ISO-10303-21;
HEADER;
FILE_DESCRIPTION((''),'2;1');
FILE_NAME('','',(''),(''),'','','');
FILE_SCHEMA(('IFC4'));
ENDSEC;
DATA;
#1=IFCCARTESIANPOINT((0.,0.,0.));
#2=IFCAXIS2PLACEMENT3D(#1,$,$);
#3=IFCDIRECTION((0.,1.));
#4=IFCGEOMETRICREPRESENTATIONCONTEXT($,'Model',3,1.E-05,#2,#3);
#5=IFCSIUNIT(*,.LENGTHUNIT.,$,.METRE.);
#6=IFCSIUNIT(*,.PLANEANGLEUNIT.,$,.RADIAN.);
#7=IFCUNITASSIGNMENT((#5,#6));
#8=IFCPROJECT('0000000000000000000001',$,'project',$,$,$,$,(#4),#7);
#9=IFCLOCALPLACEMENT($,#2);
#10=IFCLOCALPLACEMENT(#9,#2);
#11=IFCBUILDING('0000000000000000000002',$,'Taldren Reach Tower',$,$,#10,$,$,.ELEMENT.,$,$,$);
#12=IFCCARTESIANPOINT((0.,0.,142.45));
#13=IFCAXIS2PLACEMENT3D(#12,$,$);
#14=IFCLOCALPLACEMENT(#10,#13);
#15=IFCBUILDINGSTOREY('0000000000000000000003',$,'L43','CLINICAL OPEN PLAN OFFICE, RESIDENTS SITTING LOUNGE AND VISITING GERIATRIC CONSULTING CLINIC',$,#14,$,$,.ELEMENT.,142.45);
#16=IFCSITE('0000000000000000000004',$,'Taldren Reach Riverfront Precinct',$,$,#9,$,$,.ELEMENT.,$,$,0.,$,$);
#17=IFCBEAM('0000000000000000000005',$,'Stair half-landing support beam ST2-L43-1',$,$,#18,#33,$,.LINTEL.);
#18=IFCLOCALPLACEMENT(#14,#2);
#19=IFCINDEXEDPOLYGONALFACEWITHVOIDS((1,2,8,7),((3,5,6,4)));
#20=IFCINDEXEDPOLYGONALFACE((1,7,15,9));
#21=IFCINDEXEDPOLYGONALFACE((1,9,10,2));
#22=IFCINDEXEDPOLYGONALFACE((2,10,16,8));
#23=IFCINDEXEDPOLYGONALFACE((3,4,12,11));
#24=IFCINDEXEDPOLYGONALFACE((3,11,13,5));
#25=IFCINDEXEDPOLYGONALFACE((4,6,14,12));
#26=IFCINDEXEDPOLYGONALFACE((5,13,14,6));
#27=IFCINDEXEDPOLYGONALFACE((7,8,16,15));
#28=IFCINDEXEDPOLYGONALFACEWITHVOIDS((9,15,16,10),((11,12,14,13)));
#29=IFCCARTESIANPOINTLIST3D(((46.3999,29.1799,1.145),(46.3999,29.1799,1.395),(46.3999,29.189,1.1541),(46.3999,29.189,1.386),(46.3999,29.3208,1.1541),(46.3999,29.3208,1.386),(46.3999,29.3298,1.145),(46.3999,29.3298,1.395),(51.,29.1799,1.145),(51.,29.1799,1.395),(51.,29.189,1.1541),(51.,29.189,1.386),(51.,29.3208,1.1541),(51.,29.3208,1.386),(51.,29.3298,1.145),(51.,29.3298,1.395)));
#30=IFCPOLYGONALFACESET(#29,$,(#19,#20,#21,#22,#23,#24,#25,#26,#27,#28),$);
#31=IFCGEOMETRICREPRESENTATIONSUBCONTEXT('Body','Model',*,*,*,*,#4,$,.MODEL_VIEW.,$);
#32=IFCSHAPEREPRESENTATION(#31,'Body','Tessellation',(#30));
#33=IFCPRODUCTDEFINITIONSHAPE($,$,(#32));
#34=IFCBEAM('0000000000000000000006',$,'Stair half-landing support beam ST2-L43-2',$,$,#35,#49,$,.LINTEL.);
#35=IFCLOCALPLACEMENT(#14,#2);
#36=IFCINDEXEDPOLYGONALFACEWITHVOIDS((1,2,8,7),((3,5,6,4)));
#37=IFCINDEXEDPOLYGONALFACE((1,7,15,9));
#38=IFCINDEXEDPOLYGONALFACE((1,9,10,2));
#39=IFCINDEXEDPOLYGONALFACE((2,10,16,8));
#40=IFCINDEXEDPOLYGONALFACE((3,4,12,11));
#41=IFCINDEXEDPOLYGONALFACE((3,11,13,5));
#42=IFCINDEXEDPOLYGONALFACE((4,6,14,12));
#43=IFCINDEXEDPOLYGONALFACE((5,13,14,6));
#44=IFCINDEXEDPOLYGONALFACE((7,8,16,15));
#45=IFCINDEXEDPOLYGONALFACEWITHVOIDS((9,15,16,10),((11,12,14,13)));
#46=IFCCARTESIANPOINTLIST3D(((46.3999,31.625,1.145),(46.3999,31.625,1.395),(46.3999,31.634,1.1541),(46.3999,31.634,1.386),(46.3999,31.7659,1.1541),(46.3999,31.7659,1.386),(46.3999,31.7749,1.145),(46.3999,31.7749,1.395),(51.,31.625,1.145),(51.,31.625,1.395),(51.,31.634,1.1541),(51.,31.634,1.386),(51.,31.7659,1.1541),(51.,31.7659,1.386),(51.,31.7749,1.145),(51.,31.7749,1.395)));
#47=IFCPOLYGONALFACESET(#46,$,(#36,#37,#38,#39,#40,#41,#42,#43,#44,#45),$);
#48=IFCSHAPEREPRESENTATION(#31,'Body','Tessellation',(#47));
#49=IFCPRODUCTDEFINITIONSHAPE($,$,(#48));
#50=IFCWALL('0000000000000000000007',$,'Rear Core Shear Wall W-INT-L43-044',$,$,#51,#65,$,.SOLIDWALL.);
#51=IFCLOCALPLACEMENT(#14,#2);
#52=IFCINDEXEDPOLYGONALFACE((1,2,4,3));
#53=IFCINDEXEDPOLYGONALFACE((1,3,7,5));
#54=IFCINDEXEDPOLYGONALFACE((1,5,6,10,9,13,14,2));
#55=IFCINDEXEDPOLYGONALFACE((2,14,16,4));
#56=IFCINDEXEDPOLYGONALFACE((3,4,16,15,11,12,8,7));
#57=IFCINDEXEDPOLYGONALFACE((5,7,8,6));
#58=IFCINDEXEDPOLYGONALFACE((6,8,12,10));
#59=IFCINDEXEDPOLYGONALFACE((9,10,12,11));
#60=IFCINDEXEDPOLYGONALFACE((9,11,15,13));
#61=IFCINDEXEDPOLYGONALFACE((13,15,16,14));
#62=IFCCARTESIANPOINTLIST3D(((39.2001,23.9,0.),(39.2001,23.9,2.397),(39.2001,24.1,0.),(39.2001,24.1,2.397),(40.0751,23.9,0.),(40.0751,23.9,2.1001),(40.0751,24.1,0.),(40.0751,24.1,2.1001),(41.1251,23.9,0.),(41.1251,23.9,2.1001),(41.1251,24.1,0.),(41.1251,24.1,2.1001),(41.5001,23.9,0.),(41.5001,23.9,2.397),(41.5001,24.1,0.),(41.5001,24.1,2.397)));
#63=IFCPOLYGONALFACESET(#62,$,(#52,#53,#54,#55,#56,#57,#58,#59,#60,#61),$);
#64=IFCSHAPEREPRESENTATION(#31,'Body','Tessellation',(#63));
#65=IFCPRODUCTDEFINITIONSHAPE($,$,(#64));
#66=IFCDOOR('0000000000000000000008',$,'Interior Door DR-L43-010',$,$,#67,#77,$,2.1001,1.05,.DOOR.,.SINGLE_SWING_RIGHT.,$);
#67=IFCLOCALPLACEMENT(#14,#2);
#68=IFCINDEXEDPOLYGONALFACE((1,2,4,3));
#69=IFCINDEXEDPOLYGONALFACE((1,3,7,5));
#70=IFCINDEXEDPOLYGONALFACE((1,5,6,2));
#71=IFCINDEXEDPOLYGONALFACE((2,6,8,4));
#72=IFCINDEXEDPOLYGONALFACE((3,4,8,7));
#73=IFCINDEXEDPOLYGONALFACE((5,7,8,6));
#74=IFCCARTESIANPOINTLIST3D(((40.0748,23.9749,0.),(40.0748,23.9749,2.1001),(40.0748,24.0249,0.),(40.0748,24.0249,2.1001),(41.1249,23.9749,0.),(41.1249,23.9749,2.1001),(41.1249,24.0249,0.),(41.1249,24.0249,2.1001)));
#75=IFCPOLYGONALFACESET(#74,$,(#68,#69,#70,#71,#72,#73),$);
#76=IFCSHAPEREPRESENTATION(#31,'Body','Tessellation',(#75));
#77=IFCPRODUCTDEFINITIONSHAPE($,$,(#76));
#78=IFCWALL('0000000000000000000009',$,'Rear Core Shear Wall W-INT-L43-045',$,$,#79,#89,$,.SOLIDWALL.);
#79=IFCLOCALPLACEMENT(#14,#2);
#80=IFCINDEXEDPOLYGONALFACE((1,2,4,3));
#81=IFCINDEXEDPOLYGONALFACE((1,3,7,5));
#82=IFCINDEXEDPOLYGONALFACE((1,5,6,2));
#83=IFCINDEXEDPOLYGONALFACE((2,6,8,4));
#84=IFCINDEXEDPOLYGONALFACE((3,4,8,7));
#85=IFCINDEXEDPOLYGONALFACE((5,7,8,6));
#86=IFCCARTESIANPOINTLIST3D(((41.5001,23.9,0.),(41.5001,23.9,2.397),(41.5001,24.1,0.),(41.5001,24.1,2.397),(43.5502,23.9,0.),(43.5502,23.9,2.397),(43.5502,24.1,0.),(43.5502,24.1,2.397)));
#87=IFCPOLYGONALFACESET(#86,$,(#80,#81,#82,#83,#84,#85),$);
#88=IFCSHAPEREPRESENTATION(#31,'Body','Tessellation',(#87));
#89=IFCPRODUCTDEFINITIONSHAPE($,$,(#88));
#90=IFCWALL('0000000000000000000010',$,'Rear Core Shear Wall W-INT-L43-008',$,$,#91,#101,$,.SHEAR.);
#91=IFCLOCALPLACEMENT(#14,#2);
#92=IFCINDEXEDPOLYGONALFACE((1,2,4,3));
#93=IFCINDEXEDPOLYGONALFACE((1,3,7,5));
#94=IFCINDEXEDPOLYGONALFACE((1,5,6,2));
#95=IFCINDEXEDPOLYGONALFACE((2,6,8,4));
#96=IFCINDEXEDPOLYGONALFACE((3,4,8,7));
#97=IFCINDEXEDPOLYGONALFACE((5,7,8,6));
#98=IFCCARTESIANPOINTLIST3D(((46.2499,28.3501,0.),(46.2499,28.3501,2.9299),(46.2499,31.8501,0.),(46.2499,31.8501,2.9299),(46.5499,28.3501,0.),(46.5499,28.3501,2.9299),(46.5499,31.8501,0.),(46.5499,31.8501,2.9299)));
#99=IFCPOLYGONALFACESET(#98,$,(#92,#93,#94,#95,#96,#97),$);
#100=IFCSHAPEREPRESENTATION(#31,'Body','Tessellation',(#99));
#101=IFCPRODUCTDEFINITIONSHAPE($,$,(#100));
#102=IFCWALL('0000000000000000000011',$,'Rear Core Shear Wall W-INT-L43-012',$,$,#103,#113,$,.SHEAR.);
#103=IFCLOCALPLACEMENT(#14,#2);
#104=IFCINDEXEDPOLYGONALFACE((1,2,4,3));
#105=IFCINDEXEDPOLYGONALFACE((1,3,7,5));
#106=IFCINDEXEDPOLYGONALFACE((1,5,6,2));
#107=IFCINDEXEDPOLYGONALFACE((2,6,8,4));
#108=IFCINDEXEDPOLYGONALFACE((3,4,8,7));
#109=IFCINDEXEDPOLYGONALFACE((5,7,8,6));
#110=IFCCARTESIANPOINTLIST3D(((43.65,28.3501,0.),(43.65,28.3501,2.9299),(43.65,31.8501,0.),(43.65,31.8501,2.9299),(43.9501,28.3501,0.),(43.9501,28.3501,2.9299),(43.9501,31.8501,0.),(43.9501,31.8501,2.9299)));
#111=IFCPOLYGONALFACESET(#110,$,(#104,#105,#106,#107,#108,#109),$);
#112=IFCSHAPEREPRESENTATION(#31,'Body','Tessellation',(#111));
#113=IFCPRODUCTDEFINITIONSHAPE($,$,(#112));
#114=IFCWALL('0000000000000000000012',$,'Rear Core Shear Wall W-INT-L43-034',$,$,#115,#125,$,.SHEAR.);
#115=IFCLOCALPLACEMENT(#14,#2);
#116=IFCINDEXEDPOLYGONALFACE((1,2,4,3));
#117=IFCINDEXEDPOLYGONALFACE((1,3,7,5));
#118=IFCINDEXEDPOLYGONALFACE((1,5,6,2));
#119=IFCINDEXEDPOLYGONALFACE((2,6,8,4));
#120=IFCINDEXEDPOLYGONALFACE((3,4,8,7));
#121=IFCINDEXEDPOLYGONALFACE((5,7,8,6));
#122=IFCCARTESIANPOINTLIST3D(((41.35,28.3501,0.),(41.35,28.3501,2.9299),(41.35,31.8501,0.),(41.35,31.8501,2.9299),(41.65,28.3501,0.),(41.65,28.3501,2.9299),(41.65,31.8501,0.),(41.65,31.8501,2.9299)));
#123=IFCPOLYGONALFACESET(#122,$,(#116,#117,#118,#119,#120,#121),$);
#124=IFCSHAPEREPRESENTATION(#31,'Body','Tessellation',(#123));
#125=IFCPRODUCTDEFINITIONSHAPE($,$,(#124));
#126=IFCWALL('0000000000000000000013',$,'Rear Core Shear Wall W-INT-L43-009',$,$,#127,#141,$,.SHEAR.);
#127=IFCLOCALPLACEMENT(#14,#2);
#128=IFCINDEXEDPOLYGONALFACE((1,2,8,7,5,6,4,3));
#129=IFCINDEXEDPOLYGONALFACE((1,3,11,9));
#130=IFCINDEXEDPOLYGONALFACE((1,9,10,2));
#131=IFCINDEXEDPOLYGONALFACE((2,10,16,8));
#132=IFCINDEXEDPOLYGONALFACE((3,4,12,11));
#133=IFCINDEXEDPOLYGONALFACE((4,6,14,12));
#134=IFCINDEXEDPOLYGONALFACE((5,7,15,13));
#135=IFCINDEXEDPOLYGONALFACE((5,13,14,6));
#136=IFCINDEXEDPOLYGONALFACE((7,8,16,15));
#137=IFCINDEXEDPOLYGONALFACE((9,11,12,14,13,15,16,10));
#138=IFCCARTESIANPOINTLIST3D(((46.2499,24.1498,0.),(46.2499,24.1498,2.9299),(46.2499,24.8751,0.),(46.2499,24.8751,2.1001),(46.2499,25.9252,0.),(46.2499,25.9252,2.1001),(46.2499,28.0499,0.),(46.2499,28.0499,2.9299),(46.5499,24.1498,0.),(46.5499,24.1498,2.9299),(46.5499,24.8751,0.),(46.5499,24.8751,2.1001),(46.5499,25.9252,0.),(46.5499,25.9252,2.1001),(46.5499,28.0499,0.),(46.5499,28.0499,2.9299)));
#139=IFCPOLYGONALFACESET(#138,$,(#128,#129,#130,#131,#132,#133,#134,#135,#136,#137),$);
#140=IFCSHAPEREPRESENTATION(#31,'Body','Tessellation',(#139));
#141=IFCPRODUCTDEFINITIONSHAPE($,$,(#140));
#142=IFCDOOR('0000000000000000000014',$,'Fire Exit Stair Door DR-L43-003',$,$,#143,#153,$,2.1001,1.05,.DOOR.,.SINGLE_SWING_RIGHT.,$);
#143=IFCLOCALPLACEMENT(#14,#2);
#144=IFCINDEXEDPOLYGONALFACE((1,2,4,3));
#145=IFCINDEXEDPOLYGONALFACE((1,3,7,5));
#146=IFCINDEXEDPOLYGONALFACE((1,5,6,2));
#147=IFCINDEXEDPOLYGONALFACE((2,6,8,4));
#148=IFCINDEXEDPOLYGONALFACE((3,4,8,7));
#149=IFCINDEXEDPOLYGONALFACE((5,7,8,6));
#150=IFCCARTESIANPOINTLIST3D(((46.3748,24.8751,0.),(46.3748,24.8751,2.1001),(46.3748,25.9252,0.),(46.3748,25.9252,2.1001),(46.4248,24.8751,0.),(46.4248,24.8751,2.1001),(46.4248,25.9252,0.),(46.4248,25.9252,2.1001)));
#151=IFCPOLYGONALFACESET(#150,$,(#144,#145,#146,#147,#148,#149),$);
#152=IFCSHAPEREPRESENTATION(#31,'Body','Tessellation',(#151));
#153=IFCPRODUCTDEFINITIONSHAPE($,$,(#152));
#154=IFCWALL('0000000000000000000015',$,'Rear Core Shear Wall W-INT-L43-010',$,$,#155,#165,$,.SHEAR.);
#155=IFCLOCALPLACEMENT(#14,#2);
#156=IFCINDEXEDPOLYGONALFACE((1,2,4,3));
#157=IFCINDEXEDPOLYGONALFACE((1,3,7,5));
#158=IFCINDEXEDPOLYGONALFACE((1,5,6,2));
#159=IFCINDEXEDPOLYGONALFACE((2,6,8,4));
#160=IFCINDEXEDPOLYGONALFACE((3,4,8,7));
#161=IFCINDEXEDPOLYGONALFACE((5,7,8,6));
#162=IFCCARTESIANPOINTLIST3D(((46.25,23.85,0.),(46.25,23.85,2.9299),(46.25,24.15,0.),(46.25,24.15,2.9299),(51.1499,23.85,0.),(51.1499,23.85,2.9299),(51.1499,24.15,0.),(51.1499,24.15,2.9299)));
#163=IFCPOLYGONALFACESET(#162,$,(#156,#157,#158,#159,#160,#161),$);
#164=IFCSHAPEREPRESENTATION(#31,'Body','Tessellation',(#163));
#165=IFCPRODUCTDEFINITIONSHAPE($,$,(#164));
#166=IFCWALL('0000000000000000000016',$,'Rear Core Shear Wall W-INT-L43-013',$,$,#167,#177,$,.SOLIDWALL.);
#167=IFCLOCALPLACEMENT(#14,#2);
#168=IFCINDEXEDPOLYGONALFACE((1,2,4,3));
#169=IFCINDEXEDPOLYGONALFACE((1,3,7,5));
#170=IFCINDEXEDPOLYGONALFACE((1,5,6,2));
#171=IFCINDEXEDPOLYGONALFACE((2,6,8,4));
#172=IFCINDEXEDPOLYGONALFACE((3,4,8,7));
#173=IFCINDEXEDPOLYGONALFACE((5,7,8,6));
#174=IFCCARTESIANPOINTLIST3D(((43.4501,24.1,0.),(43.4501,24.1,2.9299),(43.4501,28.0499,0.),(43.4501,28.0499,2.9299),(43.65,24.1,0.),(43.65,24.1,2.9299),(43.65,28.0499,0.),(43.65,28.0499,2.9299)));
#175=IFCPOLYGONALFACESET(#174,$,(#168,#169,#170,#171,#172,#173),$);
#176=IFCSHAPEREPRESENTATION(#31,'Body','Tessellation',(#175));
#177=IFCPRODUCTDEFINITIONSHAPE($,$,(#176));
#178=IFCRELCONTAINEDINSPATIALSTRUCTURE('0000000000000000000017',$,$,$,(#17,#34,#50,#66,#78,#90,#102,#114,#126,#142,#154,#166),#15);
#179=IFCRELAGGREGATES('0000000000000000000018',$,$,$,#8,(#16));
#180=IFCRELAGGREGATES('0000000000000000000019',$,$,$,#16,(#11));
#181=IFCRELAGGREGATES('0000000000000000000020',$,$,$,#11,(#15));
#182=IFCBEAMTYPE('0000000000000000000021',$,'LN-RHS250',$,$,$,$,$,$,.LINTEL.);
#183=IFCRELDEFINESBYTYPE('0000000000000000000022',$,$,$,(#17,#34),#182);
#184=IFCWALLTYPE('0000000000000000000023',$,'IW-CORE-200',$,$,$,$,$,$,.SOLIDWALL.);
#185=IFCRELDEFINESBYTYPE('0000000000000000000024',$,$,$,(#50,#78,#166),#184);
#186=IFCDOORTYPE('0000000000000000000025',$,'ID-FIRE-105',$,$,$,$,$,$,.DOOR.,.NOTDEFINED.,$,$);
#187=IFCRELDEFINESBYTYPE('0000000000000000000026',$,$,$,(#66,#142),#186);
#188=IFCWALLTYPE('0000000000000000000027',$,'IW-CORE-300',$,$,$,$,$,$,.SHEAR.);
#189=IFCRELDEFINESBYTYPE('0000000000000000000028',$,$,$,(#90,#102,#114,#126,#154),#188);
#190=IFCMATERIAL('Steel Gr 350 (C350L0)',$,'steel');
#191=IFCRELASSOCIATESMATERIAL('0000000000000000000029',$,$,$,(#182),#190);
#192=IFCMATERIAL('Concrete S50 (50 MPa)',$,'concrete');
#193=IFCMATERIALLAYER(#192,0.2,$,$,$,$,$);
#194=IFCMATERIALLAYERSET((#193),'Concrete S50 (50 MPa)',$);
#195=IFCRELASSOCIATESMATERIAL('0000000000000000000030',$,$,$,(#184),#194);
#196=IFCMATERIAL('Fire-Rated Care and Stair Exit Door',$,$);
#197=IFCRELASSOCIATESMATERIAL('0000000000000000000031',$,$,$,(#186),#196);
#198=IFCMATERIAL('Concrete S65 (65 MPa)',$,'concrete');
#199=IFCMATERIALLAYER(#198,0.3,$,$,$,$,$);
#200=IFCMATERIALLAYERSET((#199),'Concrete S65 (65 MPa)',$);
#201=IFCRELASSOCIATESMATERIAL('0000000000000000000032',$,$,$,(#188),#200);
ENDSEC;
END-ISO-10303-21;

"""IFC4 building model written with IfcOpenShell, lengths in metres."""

from ifc_helpers import new_model, si_unit, direction, frame, frame_2d, origin, origin_2d, place, context, subcontext, project, spatial, rectangle, hollow_rectangle, extrude, source, transform, mapped, material, layer, layer_set, material_profile, profile_set, type_object, element, fill, save


model = new_model("IFC4")

# Units and contexts
model_context = context("Model", 3, precision=1e-05, world=origin(), true_north=direction((0.0, 1.0)))
body_context = subcontext(model_context, "Body", "Model", "MODEL_VIEW")
ifc_project = project(units=[si_unit("LENGTHUNIT", "METRE"), si_unit("PLANEANGLEUNIT", "RADIAN")], contexts=[model_context])

# Site, building, storey
site_placement = place(None, origin())
site = spatial("IfcSite", under=ifc_project, at=site_placement, Name="Taldren Reach Riverfront Precinct", CompositionType="ELEMENT", RefElevation=0.0)
building_placement = place(site_placement, origin())
building = spatial("IfcBuilding", under=site, at=building_placement, Name="Taldren Reach Tower", CompositionType="ELEMENT")
storey_placement = place(building_placement, frame((0.0, 0.0, 142.45)))
storey = spatial("IfcBuildingStorey", under=building, at=storey_placement, Name="L43", Description="CLINICAL OPEN PLAN OFFICE, RESIDENTS SITTING LOUNGE AND VISITING GERIATRIC CONSULTING CLINIC", CompositionType="ELEMENT", Elevation=142.45)

# Beams
ifc_material_1 = material(Name="Steel Gr 350 (C350L0)", Category="steel")
ifc_material_profile = material_profile(ifc_material_1, hollow_rectangle(XDim=0.1499, YDim=0.25, WallThickness=0.009, at=origin_2d()), Name="250x150x9.0RHS")
ifc_profile_set = profile_set([ifc_material_profile], Name="Steel Gr 350 (C350L0)")
beam_type = type_object("IfcBeamType", Name="LN-RHS250", PredefinedType="LINTEL", material=ifc_profile_set)
shared_shape_1 = source(origin(), body_context, "Body", "SweptSolid", [
    extrude(hollow_rectangle(XDim=0.1499, YDim=0.25, WallThickness=0.009, at=origin_2d()), origin(), (0.0, 0.0, 1.0), 4.6001),
])
for number, where, z_axis, x_axis, name in (
    (1, (46.3999, 29.2549, 1.27), (1.0, 0.0, 0.0), (0.0, 1.0, 0.0), "Stair half-landing support beam ST2-L43-1"),
    (2, (46.3999, 31.7, 1.27), (1.0, 0.0, 0.0), (0.0, 1.0, 0.0), "Stair half-landing support beam ST2-L43-2"),
):
    element("IfcBeam", number, at=place(storey_placement, frame(where, z_axis=z_axis, x_axis=x_axis)), inside=storey, type_object=beam_type, Name=name, PredefinedType="LINTEL", context=body_context, shape_type="MappedRepresentation", body=[
        mapped(shared_shape_1, transform((0.0, 0.0, 0.0), scale=1.0)),
    ])

# Wall, opening, door
ifc_material_2 = material(Name="Concrete S50 (50 MPa)", Category="concrete")
ifc_layer_1 = layer(ifc_material_2, 0.2)
ifc_layer_set_1 = layer_set([ifc_layer_1], Name="Concrete S50 (50 MPa)")
wall_type_1 = type_object("IfcWallType", Name="IW-CORE-200", PredefinedType="SOLIDWALL", material=ifc_layer_set_1)
shared_shape_2 = source(origin(), body_context, "Body", "SweptSolid", [
    extrude(rectangle(XDim=2.3, YDim=0.2, at=frame_2d((1.1499, 0.0))), origin(), (0.0, 0.0, 1.0), 2.397),
])
wall_1_placement = place(storey_placement, frame((41.5, 24.0, 0.0), z_axis=(0.0, 0.0, 1.0), x_axis=(-1.0, 0.0, 0.0)))
wall_1 = element("IfcWall", 3, at=wall_1_placement, inside=storey, type_object=wall_type_1, Name="Rear Core Shear Wall W-INT-L43-044", PredefinedType="SOLIDWALL", context=body_context, shape_type="MappedRepresentation", body=[
    mapped(shared_shape_2, transform((0.0, 0.0, 0.0), scale=1.0)),
])
shared_shape_3 = source(origin(), body_context, "Body", "SweptSolid", [
    extrude(rectangle(XDim=1.05, YDim=2.1001, at=frame_2d((0.5249, 1.05))), frame((0.0, 0.1099, 0.0), z_axis=(0.0, -1.0, 0.0), x_axis=(1.0, 0.0, 0.0)), (0.0, 0.0, 1.0), 0.22),
])
opening_1_placement = place(wall_1_placement, frame((0.375, 0.0, 0.0)))
opening_1 = element("IfcOpeningElement", 4, at=opening_1_placement, cuts=wall_1, PredefinedType="OPENING", context=body_context, shape_type="MappedRepresentation", body=[
    mapped(shared_shape_3, transform((0.0, 0.0, 0.0), scale=1.0)),
])
ifc_material_3 = material(Name="Fire-Rated Care and Stair Exit Door")
door_type_1 = type_object("IfcDoorType", Name="ID-FIRE-105", OperationType="NOTDEFINED", PredefinedType="DOOR", material=ifc_material_3)
shared_shape_4 = source(origin(), body_context, "Body", "SweptSolid", [
    extrude(rectangle(XDim=1.05, YDim=2.1001, at=frame_2d((0.5249, 1.05))), frame((0.0, 0.0249, 0.0), z_axis=(0.0, -1.0, 0.0), x_axis=(1.0, 0.0, 0.0)), (0.0, 0.0, 1.0), 0.05),
])
door_1_placement = place(opening_1_placement, frame((1.05, 0.0, 0.0), z_axis=(0.0, 0.0, 1.0), x_axis=(-1.0, 0.0, 0.0)))
door_1 = element("IfcDoor", 5, at=door_1_placement, inside=storey, type_object=door_type_1, Name="Interior Door DR-L43-010", OperationType="SINGLE_SWING_RIGHT", OverallHeight=2.1001, OverallWidth=1.05, PredefinedType="DOOR", context=body_context, shape_type="MappedRepresentation", body=[
    mapped(shared_shape_4, transform((0.0, 0.0, 0.0), scale=1.0)),
])
fill(opening_1, door_1)

# Walls
shared_shape_5 = source(origin(), body_context, "Body", "SweptSolid", [
    extrude(rectangle(XDim=2.05, YDim=0.2, at=frame_2d((1.0249, 0.0))), origin(), (0.0, 0.0, 1.0), 2.397),
])
wall_2_placement = place(storey_placement, frame((43.55, 24.0, 0.0), z_axis=(0.0, 0.0, 1.0), x_axis=(-1.0, 0.0, 0.0)))
element("IfcWall", 6, at=wall_2_placement, inside=storey, type_object=wall_type_1, Name="Rear Core Shear Wall W-INT-L43-045", PredefinedType="SOLIDWALL", context=body_context, shape_type="MappedRepresentation", body=[
    mapped(shared_shape_5, transform((0.0, 0.0, 0.0), scale=1.0)),
])
ifc_material_4 = material(Name="Concrete S65 (65 MPa)", Category="concrete")
ifc_layer_2 = layer(ifc_material_4, 0.3)
ifc_layer_set_2 = layer_set([ifc_layer_2], Name="Concrete S65 (65 MPa)")
wall_type_2 = type_object("IfcWallType", Name="IW-CORE-300", PredefinedType="SHEAR", material=ifc_layer_set_2)
shared_shape_6 = source(origin(), body_context, "Body", "SweptSolid", [
    extrude(rectangle(XDim=3.5, YDim=0.3, at=frame_2d((1.75, 0.0))), origin(), (0.0, 0.0, 1.0), 2.9299),
])
for number, where, z_axis, x_axis, name in (
    (7, (46.3999, 31.8501, 0.0), (0.0, 0.0, 1.0), (0.0, -1.0, 0.0), "Rear Core Shear Wall W-INT-L43-008"),
    (8, (43.8, 31.8501, 0.0), (0.0, 0.0, 1.0), (0.0, -1.0, 0.0), "Rear Core Shear Wall W-INT-L43-012"),
    (9, (41.5, 28.3501, 0.0), (0.0, 0.0, 1.0), (0.0, 1.0, 0.0), "Rear Core Shear Wall W-INT-L43-034"),
):
    element("IfcWall", number, at=place(storey_placement, frame(where, z_axis=z_axis, x_axis=x_axis)), inside=storey, type_object=wall_type_2, Name=name, PredefinedType="SHEAR", context=body_context, shape_type="MappedRepresentation", body=[
        mapped(shared_shape_6, transform((0.0, 0.0, 0.0), scale=1.0)),
    ])

# Wall, opening, door
shared_shape_7 = source(origin(), body_context, "Body", "SweptSolid", [
    extrude(rectangle(XDim=3.9001, YDim=0.3, at=frame_2d((1.9502, 0.0))), origin(), (0.0, 0.0, 1.0), 2.9299),
])
wall_3_placement = place(storey_placement, frame((46.3999, 28.05, 0.0), z_axis=(0.0, 0.0, 1.0), x_axis=(0.0, -1.0, 0.0)))
wall_3 = element("IfcWall", 10, at=wall_3_placement, inside=storey, type_object=wall_type_2, Name="Rear Core Shear Wall W-INT-L43-009", PredefinedType="SHEAR", context=body_context, shape_type="MappedRepresentation", body=[
    mapped(shared_shape_7, transform((0.0, 0.0, 0.0), scale=1.0)),
])
shared_shape_8 = source(origin(), body_context, "Body", "SweptSolid", [
    extrude(rectangle(XDim=1.05, YDim=2.1001, at=frame_2d((0.5249, 1.05))), frame((0.0, 0.1602, 0.0), z_axis=(0.0, -1.0, 0.0), x_axis=(1.0, 0.0, 0.0)), (0.0, 0.0, 1.0), 0.3201),
])
opening_2_placement = place(wall_3_placement, frame((2.125, 0.0, 0.0)))
opening_2 = element("IfcOpeningElement", 11, at=opening_2_placement, cuts=wall_3, PredefinedType="OPENING", context=body_context, shape_type="MappedRepresentation", body=[
    mapped(shared_shape_8, transform((0.0, 0.0, 0.0), scale=1.0)),
])
door_2_placement = place(opening_2_placement, origin())
door_2 = element("IfcDoor", 12, at=door_2_placement, inside=storey, type_object=door_type_1, Name="Fire Exit Stair Door DR-L43-003", OperationType="SINGLE_SWING_RIGHT", OverallHeight=2.1001, OverallWidth=1.05, PredefinedType="DOOR", context=body_context, shape_type="MappedRepresentation", body=[
    mapped(shared_shape_4, transform((0.0, 0.0, 0.0), scale=1.0)),
])
fill(opening_2, door_2)

# Wall
shared_shape_9 = source(origin(), body_context, "Body", "SweptSolid", [
    extrude(rectangle(XDim=4.8999, YDim=0.3, at=frame_2d((2.45, 0.0))), origin(), (0.0, 0.0, 1.0), 2.9299),
])
wall_4_placement = place(storey_placement, frame((46.25, 24.0, 0.0), z_axis=(0.0, 0.0, 1.0), x_axis=(1.0, 0.0, 0.0)))
element("IfcWall", 13, at=wall_4_placement, inside=storey, type_object=wall_type_2, Name="Rear Core Shear Wall W-INT-L43-010", PredefinedType="SHEAR", context=body_context, shape_type="MappedRepresentation", body=[
    mapped(shared_shape_9, transform((0.0, 0.0, 0.0), scale=1.0)),
])

# Wall
shared_shape_10 = source(origin(), body_context, "Body", "SweptSolid", [
    extrude(rectangle(XDim=3.95, YDim=0.2, at=frame_2d((1.9751, 0.0))), origin(), (0.0, 0.0, 1.0), 2.9299),
])
wall_5_placement = place(storey_placement, frame((43.55, 28.05, 0.0), z_axis=(0.0, 0.0, 1.0), x_axis=(0.0, -1.0, 0.0)))
element("IfcWall", 14, at=wall_5_placement, inside=storey, type_object=wall_type_1, Name="Rear Core Shear Wall W-INT-L43-013", PredefinedType="SOLIDWALL", context=body_context, shape_type="MappedRepresentation", body=[
    mapped(shared_shape_10, transform((0.0, 0.0, 0.0), scale=1.0)),
])

save(model, "model.ifc")
